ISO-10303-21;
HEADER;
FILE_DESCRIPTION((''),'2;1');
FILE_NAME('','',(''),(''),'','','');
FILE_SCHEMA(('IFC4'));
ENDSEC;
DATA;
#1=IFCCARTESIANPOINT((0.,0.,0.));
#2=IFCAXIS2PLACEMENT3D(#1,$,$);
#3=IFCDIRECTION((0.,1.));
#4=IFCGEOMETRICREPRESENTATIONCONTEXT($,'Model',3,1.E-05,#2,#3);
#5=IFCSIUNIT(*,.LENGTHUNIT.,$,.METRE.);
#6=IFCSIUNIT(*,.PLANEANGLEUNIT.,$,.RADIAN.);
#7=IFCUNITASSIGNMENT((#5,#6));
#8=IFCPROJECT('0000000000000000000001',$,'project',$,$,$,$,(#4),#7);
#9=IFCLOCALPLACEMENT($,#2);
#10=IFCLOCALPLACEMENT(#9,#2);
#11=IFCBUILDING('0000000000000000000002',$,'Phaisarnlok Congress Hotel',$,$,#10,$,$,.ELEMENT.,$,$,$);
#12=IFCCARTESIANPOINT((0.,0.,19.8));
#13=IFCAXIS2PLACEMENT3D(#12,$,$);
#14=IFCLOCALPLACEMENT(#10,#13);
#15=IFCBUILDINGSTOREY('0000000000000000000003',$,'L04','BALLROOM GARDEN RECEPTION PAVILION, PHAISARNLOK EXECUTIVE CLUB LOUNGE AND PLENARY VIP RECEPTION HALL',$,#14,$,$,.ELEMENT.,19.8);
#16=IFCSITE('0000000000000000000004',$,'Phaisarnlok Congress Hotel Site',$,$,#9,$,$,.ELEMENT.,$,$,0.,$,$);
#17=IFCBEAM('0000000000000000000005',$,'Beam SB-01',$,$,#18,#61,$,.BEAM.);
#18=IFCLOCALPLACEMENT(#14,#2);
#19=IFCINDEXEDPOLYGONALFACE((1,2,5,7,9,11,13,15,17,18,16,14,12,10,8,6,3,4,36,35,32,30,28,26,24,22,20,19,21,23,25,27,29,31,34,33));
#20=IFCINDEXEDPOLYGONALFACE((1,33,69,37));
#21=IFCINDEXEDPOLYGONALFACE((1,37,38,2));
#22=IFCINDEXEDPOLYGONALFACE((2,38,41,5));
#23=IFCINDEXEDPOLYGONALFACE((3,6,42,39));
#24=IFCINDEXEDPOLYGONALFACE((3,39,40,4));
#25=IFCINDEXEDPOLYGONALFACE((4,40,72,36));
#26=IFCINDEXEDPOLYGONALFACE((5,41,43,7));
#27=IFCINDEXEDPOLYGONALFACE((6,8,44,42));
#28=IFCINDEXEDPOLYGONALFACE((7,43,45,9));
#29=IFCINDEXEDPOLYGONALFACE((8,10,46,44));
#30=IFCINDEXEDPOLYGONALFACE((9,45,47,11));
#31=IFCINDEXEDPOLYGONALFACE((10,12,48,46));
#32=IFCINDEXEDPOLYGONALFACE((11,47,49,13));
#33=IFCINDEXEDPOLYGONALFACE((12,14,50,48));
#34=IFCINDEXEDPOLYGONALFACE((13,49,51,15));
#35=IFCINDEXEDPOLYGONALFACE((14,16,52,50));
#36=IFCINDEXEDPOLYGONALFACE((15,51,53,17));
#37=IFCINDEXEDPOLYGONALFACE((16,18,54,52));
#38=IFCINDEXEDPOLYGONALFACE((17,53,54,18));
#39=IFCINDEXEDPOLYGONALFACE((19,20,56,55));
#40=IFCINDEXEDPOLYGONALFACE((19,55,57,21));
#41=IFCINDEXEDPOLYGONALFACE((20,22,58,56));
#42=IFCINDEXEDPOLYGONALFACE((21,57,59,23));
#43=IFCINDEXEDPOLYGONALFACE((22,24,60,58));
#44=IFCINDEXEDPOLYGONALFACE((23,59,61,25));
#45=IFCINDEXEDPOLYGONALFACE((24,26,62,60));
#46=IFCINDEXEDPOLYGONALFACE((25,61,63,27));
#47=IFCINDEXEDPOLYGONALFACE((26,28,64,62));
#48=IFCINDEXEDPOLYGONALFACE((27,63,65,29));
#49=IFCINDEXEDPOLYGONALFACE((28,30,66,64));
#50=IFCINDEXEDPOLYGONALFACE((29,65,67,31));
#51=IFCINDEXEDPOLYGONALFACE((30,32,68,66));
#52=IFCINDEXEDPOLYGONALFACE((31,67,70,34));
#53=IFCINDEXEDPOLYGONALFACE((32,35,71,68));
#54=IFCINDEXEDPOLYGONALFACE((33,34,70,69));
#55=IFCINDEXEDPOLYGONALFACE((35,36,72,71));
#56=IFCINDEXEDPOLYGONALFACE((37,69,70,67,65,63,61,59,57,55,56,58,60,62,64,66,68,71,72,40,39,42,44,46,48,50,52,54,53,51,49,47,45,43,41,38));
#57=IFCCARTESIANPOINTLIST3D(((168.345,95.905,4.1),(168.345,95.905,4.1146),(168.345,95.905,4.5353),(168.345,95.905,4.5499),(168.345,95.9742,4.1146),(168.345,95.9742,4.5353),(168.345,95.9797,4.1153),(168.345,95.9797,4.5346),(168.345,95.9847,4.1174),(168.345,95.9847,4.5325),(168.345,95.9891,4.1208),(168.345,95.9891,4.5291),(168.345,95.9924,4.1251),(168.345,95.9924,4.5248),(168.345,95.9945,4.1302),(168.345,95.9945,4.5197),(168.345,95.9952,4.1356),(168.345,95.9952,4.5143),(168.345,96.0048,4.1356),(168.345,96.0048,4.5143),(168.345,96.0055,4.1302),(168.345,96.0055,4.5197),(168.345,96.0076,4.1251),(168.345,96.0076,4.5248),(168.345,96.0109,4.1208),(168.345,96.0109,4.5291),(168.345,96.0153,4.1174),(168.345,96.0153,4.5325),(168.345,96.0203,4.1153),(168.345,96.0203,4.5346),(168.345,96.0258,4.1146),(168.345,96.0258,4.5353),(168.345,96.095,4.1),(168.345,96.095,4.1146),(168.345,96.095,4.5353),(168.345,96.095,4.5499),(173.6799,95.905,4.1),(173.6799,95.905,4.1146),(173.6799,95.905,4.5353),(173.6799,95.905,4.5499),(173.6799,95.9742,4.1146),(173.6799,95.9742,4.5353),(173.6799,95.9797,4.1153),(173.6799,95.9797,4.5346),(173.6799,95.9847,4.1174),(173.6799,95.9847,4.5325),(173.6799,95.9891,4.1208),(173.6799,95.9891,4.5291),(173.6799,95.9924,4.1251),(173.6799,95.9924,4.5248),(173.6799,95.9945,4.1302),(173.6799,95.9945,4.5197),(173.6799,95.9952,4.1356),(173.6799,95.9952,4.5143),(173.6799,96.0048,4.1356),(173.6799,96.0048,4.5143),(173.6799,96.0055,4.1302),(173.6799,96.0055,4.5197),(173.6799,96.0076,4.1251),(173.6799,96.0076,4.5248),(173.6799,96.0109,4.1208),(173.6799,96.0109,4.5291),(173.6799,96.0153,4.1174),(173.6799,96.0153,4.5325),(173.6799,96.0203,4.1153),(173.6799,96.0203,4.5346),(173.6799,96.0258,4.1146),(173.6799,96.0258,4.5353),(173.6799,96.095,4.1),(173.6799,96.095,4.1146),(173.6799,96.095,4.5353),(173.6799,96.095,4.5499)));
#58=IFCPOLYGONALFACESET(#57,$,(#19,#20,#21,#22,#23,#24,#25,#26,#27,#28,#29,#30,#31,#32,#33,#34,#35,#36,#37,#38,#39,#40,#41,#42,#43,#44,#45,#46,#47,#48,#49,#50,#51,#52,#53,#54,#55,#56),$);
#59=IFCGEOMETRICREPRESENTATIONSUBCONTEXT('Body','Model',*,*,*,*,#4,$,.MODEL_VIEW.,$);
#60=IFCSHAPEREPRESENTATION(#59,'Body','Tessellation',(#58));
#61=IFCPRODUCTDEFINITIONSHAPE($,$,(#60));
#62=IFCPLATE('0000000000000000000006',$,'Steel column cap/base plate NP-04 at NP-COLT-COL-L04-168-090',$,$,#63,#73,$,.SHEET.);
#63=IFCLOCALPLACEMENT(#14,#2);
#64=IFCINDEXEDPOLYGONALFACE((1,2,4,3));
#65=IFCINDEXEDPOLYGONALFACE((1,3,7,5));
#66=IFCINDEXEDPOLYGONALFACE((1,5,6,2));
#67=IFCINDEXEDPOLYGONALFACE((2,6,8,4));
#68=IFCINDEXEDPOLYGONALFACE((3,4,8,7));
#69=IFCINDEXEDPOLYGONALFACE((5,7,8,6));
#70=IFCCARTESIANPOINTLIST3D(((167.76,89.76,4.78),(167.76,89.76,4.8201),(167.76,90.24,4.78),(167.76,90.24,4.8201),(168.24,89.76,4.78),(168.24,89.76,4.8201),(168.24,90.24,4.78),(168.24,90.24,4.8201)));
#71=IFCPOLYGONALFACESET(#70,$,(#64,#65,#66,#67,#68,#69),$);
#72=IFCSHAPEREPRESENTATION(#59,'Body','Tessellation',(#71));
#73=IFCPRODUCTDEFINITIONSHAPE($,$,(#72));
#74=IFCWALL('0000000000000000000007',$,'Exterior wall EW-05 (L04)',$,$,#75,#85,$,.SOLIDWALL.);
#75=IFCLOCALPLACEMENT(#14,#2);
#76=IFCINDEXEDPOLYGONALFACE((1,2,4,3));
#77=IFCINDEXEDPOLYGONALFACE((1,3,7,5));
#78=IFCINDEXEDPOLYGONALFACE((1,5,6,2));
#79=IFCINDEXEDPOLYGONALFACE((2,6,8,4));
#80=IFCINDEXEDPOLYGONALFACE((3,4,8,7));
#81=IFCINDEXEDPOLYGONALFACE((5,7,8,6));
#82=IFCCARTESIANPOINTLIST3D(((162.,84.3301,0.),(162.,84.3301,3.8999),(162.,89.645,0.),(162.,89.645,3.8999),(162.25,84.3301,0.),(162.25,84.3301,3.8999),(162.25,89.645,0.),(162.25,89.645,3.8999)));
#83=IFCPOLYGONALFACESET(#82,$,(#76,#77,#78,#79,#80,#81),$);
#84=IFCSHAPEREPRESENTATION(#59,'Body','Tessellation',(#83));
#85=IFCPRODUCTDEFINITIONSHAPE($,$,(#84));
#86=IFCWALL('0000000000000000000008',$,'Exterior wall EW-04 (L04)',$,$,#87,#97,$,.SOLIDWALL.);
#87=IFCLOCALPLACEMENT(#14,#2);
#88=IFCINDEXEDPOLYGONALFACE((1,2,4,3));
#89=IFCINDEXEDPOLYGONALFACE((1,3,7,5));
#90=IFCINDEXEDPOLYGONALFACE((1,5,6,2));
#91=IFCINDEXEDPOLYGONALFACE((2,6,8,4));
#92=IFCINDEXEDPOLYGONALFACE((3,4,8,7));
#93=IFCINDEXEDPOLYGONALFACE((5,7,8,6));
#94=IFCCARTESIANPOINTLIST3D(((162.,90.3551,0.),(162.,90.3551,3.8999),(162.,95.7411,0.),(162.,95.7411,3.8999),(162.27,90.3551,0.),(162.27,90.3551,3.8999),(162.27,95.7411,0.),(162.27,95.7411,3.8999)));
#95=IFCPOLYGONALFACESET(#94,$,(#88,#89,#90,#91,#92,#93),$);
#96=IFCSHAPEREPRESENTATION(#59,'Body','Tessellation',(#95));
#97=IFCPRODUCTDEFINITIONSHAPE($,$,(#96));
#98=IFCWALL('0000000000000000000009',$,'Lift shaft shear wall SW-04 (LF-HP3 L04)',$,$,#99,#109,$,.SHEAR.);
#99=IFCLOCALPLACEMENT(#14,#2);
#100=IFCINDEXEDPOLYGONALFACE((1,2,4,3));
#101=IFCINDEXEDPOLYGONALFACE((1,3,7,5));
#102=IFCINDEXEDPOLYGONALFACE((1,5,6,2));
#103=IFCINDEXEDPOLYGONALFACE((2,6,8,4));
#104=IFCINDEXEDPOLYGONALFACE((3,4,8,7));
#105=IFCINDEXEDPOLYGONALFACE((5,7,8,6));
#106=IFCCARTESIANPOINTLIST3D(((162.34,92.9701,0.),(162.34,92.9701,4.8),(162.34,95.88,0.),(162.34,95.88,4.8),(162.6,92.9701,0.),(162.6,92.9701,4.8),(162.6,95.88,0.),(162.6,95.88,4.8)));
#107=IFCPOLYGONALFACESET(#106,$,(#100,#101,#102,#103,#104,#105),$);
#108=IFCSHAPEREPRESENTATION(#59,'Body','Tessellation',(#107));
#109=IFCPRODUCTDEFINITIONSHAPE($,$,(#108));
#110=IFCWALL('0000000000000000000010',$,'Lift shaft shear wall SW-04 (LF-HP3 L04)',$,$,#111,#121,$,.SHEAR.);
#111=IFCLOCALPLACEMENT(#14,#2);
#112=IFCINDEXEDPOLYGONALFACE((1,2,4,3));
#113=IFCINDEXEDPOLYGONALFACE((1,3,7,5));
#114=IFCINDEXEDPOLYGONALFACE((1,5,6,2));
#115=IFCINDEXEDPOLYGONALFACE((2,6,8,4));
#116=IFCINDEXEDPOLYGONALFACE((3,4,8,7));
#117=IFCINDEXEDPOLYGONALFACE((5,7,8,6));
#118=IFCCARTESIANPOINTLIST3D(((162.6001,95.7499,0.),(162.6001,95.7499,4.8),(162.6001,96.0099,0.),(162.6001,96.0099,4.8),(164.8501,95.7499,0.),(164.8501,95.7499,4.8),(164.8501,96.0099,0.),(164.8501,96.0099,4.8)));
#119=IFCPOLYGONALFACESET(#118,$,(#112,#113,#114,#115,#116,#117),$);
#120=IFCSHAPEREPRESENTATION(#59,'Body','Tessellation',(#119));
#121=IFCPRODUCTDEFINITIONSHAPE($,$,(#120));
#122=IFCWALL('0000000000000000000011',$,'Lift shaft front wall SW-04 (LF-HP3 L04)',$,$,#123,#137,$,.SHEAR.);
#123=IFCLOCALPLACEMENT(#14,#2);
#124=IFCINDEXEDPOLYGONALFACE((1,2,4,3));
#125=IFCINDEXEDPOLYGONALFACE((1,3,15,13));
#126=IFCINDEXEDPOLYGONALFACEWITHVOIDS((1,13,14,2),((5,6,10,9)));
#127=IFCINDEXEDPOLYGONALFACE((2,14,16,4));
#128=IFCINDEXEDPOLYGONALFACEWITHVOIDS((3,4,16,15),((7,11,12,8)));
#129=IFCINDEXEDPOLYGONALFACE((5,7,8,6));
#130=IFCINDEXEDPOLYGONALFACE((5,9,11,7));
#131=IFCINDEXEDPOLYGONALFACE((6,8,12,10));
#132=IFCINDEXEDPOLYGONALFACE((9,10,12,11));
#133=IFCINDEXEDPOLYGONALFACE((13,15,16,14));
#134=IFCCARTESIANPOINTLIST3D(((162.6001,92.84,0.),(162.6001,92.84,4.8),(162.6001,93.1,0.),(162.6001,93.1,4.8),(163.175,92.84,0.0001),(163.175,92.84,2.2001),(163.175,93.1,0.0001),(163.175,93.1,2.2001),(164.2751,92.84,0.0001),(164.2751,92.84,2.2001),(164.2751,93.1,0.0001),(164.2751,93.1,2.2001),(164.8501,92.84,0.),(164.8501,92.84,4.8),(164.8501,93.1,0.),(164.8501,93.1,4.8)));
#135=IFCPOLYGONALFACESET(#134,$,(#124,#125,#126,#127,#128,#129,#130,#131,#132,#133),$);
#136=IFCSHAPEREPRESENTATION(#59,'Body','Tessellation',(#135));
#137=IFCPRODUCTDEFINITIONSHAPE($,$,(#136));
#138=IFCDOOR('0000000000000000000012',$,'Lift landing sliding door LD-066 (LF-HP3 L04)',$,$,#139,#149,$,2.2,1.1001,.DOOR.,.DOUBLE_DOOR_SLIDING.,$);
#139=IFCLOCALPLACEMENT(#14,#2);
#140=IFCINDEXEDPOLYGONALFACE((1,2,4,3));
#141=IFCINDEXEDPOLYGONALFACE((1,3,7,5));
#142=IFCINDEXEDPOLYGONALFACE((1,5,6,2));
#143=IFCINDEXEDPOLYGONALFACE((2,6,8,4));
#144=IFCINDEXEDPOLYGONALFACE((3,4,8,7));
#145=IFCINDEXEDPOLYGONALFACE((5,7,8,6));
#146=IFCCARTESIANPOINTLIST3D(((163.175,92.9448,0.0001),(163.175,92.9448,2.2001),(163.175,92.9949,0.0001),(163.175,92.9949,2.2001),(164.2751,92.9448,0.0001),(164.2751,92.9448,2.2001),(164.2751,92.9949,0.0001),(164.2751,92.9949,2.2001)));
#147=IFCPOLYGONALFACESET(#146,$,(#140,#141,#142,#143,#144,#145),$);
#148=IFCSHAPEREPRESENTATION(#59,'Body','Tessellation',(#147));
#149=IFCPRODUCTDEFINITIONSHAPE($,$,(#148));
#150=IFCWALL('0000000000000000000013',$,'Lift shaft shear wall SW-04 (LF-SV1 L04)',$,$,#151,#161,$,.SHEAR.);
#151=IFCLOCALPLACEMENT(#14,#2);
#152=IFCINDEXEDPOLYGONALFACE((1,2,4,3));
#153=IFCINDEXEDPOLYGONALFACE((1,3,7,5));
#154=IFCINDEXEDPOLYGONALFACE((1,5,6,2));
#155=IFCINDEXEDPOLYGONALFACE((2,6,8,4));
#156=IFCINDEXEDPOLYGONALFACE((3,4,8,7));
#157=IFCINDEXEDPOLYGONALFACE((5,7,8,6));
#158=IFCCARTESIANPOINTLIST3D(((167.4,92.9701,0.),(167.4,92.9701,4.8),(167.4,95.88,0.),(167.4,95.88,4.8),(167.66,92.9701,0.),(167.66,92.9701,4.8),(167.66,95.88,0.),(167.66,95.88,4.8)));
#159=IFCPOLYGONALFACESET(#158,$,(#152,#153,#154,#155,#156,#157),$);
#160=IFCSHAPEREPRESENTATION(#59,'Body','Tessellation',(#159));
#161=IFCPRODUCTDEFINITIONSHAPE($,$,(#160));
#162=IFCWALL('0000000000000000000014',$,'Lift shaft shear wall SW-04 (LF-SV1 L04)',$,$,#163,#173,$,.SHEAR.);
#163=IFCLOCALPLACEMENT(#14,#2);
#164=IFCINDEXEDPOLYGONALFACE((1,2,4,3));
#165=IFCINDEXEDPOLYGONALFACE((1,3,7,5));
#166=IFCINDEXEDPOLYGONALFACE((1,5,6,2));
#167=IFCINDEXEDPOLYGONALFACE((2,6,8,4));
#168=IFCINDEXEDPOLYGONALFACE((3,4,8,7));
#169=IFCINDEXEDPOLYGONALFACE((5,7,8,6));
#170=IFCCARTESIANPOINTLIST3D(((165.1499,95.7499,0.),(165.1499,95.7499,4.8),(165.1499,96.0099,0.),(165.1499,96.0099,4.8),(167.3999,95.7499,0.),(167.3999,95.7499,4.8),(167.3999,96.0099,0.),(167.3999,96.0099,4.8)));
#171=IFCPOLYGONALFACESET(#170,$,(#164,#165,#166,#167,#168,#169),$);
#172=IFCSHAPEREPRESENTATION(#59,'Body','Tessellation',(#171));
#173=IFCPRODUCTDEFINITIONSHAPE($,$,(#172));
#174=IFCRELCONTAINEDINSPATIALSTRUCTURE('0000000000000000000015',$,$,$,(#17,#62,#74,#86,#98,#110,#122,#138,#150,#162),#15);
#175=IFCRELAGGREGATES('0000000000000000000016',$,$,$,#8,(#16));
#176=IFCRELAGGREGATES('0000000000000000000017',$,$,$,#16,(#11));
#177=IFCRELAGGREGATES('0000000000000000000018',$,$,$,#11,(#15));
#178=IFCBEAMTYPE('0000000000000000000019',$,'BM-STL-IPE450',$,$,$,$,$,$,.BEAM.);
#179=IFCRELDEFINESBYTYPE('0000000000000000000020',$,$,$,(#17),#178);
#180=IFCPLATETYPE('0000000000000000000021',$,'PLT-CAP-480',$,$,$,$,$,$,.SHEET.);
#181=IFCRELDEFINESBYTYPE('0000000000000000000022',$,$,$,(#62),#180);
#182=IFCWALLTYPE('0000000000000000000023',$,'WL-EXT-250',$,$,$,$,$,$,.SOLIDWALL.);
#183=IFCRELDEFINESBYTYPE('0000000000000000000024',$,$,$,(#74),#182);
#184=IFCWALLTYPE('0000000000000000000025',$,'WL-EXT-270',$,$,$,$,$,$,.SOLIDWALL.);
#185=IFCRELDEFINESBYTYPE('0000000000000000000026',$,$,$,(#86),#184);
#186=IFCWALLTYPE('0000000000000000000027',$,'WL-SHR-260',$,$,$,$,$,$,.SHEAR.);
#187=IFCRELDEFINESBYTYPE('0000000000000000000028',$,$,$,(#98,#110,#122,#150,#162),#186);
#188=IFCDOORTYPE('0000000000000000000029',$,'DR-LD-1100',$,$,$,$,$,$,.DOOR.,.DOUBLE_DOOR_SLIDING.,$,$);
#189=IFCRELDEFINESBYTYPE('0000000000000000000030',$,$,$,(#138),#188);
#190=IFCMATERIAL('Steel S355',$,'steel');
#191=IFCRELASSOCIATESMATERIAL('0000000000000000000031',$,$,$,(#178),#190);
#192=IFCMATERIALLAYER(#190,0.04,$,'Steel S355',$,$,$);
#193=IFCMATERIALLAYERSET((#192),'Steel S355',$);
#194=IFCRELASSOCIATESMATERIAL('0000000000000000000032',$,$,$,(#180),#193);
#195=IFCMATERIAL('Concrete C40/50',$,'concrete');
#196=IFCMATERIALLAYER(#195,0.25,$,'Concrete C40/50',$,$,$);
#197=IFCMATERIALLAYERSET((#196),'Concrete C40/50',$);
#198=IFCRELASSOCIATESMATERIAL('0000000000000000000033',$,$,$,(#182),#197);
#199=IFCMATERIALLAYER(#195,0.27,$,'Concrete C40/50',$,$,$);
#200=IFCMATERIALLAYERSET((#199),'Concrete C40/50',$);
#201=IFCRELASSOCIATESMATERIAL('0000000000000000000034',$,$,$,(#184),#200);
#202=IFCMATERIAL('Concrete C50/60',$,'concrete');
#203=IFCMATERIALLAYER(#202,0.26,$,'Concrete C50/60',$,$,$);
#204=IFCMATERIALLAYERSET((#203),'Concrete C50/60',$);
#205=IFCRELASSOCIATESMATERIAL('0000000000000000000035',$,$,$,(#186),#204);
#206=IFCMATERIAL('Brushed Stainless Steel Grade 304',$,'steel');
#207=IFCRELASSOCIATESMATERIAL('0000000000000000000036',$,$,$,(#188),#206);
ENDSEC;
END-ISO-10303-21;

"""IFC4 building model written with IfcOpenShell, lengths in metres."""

from ifc_helpers import new_model, si_unit, direction, frame, frame_2d, origin, origin_2d, place, context, subcontext, project, spatial, rectangle, i_section, extrude, material, layer, layer_set, material_profile, profile_set, type_object, element, fill, save


model = new_model("IFC4")

# Units and contexts
model_context = context("Model", 3, precision=1e-05, world=origin(), true_north=direction((0.0, 1.0)))
body_context = subcontext(model_context, "Body", "Model", "MODEL_VIEW")
ifc_project = project(units=[si_unit("LENGTHUNIT", "METRE"), si_unit("PLANEANGLEUNIT", "RADIAN")], contexts=[model_context])

# Site, building, storey
site_placement = place(None, origin())
site = spatial("IfcSite", under=ifc_project, at=site_placement, Name="Phaisarnlok Congress Hotel Site", CompositionType="ELEMENT", RefElevation=0.0)
building_placement = place(site_placement, origin())
building = spatial("IfcBuilding", under=site, at=building_placement, Name="Phaisarnlok Congress Hotel", CompositionType="ELEMENT")
storey_placement = place(building_placement, frame((0.0, 0.0, 19.8)))
storey = spatial("IfcBuildingStorey", under=building, at=storey_placement, Name="L04", Description="BALLROOM GARDEN RECEPTION PAVILION, PHAISARNLOK EXECUTIVE CLUB LOUNGE AND PLENARY VIP RECEPTION HALL", CompositionType="ELEMENT", Elevation=19.8)

# Shared definitions
ifc_material_1 = material(Name="Concrete C50/60", Category="concrete")
ifc_material_2 = material(Name="Steel S355", Category="steel")

# Beam
ifc_material_3 = material(Name="Concrete C40/50", Category="concrete")
ifc_material_profile_1 = material_profile(ifc_material_2, i_section(OverallWidth=0.1899, OverallDepth=0.45, WebThickness=0.0095, FlangeThickness=0.0146, FilletRadius=0.021, at=origin_2d()), Name="IPE 450")
ifc_profile_set_1 = profile_set([ifc_material_profile_1], Name="Steel S355")
beam_type_1 = type_object("IfcBeamType", Name="BM-STL-IPE450", PredefinedType="BEAM", material=ifc_profile_set_1)
beam_1_placement = place(storey_placement, frame((168.345, 96.0, 4.325), z_axis=(1.0, 0.0, 0.0), x_axis=(0.0, 1.0, 0.0)))
element("IfcBeam", 1, at=beam_1_placement, inside=storey, type_object=beam_type_1, Name="Beam SB-01", PredefinedType="BEAM", context=body_context, shape_type="SweptSolid", body=[
    extrude(i_section(OverallWidth=0.1899, OverallDepth=0.45, WebThickness=0.0095, FlangeThickness=0.0146, FilletRadius=0.021, at=origin_2d()), origin(), (0.0, 0.0, 1.0), 5.335),
])

# Plate
ifc_layer_1 = layer(ifc_material_2, 0.04, Name="Steel S355")
ifc_layer_set_1 = layer_set([ifc_layer_1], Name="Steel S355")
plate_type = type_object("IfcPlateType", Name="PLT-CAP-480", PredefinedType="SHEET", material=ifc_layer_set_1)
plate_placement = place(storey_placement, frame((168.0, 90.0, 4.78), z_axis=(0.0, 0.0, 1.0), x_axis=(1.0, 0.0, 0.0)))
element("IfcPlate", 2, at=plate_placement, inside=storey, type_object=plate_type, Name="Steel column cap/base plate NP-04 at NP-COLT-COL-L04-168-090", PredefinedType="SHEET", context=body_context, shape_type="SweptSolid", body=[
    extrude(rectangle(XDim=0.48, YDim=0.48, at=origin_2d()), origin(), (0.0, 0.0, 1.0), 0.04),
])

# Walls
ifc_layer_2 = layer(ifc_material_3, 0.25, Name="Concrete C40/50")
ifc_layer_set_2 = layer_set([ifc_layer_2], Name="Concrete C40/50")
wall_type_1 = type_object("IfcWallType", Name="WL-EXT-250", PredefinedType="SOLIDWALL", material=ifc_layer_set_2)
wall_1_placement = place(storey_placement, frame((162.125, 89.645, 0.0), z_axis=(0.0, 0.0, 1.0), x_axis=(0.0, -1.0, 0.0)))
element("IfcWall", 3, at=wall_1_placement, inside=storey, type_object=wall_type_1, Name="Exterior wall EW-05 (L04)", PredefinedType="SOLIDWALL", context=body_context, shape_type="SweptSolid", body=[
    extrude(rectangle(XDim=5.3149, YDim=0.25, at=frame_2d((2.6575, 0.0))), origin(), (0.0, 0.0, 1.0), 3.8999),
])
ifc_layer_3 = layer(ifc_material_3, 0.27, Name="Concrete C40/50")
ifc_layer_set_3 = layer_set([ifc_layer_3], Name="Concrete C40/50")
wall_type_2 = type_object("IfcWallType", Name="WL-EXT-270", PredefinedType="SOLIDWALL", material=ifc_layer_set_3)
wall_2_placement = place(storey_placement, frame((162.135, 95.741, 0.0), z_axis=(0.0, 0.0, 1.0), x_axis=(0.0, -1.0, 0.0)))
element("IfcWall", 4, at=wall_2_placement, inside=storey, type_object=wall_type_2, Name="Exterior wall EW-04 (L04)", PredefinedType="SOLIDWALL", context=body_context, shape_type="SweptSolid", body=[
    extrude(rectangle(XDim=5.386, YDim=0.27, at=frame_2d((2.6929, 0.0))), origin(), (0.0, 0.0, 1.0), 3.8999),
])

# Shared definitions
ifc_layer_4 = layer(ifc_material_1, 0.26, Name="Concrete C50/60")
ifc_layer_set_4 = layer_set([ifc_layer_4], Name="Concrete C50/60")
wall_type_3 = type_object("IfcWallType", Name="WL-SHR-260", PredefinedType="SHEAR", material=ifc_layer_set_4)

# Walls
wall_3_placement = place(storey_placement, frame((162.47, 92.97, 0.0), z_axis=(0.0, 0.0, 1.0), x_axis=(0.0, 1.0, 0.0)))
element("IfcWall", 5, at=wall_3_placement, inside=storey, type_object=wall_type_3, Name="Lift shaft shear wall SW-04 (LF-HP3 L04)", PredefinedType="SHEAR", context=body_context, shape_type="SweptSolid", body=[
    extrude(rectangle(XDim=2.9099, YDim=0.26, at=frame_2d((1.4551, 0.0))), origin(), (0.0, 0.0, 1.0), 4.8),
])
wall_4_placement = place(storey_placement, frame((162.6001, 95.8799, 0.0), z_axis=(0.0, 0.0, 1.0), x_axis=(1.0, 0.0, 0.0)))
element("IfcWall", 6, at=wall_4_placement, inside=storey, type_object=wall_type_3, Name="Lift shaft shear wall SW-04 (LF-HP3 L04)", PredefinedType="SHEAR", context=body_context, shape_type="SweptSolid", body=[
    extrude(rectangle(XDim=2.25, YDim=0.26, at=frame_2d((1.125, 0.0))), origin(), (0.0, 0.0, 1.0), 4.8),
])

# Wall, opening, door
wall_5_placement = place(storey_placement, frame((162.6001, 92.97, 0.0), z_axis=(0.0, 0.0, 1.0), x_axis=(1.0, 0.0, 0.0)))
wall_5 = element("IfcWall", 7, at=wall_5_placement, inside=storey, type_object=wall_type_3, Name="Lift shaft front wall SW-04 (LF-HP3 L04)", PredefinedType="SHEAR", context=body_context, shape_type="SweptSolid", body=[
    extrude(rectangle(XDim=2.25, YDim=0.26, at=frame_2d((1.125, 0.0))), origin(), (0.0, 0.0, 1.0), 4.8),
])
opening_1_placement = place(wall_5_placement, frame((0.575, 0.0, 0.0)))
opening_1 = element("IfcOpeningElement", 8, at=opening_1_placement, cuts=wall_5, PredefinedType="OPENING", context=body_context, shape_type="SweptSolid", body=[
    extrude(rectangle(XDim=1.1001, YDim=2.2, at=frame_2d((0.55, 1.1001))), frame((0.0, 0.1401, 0.0), z_axis=(0.0, -1.0, 0.0), x_axis=(1.0, 0.0, 0.0)), (0.0, 0.0, 1.0), 0.28),
])
ifc_material_4 = material(Name="Brushed Stainless Steel Grade 304", Category="steel")
door_type_1 = type_object("IfcDoorType", Name="DR-LD-1100", OperationType="DOUBLE_DOOR_SLIDING", PredefinedType="DOOR", material=ifc_material_4)
door_1_placement = place(opening_1_placement, origin())
door_1 = element("IfcDoor", 9, at=door_1_placement, inside=storey, type_object=door_type_1, Name="Lift landing sliding door LD-066 (LF-HP3 L04)", OperationType="DOUBLE_DOOR_SLIDING", OverallHeight=2.2, OverallWidth=1.1001, PredefinedType="DOOR", context=body_context, shape_type="SweptSolid", body=[
    extrude(rectangle(XDim=1.1001, YDim=2.2, at=frame_2d((0.55, 1.1001))), frame((0.0, 0.0249, 0.0), z_axis=(0.0, -1.0, 0.0), x_axis=(1.0, 0.0, 0.0)), (0.0, 0.0, 1.0), 0.05),
])
fill(opening_1, door_1)

# Walls
wall_6_placement = place(storey_placement, frame((167.53, 92.97, 0.0), z_axis=(0.0, 0.0, 1.0), x_axis=(0.0, 1.0, 0.0)))
element("IfcWall", 10, at=wall_6_placement, inside=storey, type_object=wall_type_3, Name="Lift shaft shear wall SW-04 (LF-SV1 L04)", PredefinedType="SHEAR", context=body_context, shape_type="SweptSolid", body=[
    extrude(rectangle(XDim=2.9099, YDim=0.26, at=frame_2d((1.4551, 0.0))), origin(), (0.0, 0.0, 1.0), 4.8),
])
wall_7_placement = place(storey_placement, frame((165.1499, 95.8799, 0.0), z_axis=(0.0, 0.0, 1.0), x_axis=(1.0, 0.0, 0.0)))
element("IfcWall", 11, at=wall_7_placement, inside=storey, type_object=wall_type_3, Name="Lift shaft shear wall SW-04 (LF-SV1 L04)", PredefinedType="SHEAR", context=body_context, shape_type="SweptSolid", body=[
    extrude(rectangle(XDim=2.25, YDim=0.26, at=frame_2d((1.125, 0.0))), origin(), (0.0, 0.0, 1.0), 4.8),
])

save(model, "model.ifc")
